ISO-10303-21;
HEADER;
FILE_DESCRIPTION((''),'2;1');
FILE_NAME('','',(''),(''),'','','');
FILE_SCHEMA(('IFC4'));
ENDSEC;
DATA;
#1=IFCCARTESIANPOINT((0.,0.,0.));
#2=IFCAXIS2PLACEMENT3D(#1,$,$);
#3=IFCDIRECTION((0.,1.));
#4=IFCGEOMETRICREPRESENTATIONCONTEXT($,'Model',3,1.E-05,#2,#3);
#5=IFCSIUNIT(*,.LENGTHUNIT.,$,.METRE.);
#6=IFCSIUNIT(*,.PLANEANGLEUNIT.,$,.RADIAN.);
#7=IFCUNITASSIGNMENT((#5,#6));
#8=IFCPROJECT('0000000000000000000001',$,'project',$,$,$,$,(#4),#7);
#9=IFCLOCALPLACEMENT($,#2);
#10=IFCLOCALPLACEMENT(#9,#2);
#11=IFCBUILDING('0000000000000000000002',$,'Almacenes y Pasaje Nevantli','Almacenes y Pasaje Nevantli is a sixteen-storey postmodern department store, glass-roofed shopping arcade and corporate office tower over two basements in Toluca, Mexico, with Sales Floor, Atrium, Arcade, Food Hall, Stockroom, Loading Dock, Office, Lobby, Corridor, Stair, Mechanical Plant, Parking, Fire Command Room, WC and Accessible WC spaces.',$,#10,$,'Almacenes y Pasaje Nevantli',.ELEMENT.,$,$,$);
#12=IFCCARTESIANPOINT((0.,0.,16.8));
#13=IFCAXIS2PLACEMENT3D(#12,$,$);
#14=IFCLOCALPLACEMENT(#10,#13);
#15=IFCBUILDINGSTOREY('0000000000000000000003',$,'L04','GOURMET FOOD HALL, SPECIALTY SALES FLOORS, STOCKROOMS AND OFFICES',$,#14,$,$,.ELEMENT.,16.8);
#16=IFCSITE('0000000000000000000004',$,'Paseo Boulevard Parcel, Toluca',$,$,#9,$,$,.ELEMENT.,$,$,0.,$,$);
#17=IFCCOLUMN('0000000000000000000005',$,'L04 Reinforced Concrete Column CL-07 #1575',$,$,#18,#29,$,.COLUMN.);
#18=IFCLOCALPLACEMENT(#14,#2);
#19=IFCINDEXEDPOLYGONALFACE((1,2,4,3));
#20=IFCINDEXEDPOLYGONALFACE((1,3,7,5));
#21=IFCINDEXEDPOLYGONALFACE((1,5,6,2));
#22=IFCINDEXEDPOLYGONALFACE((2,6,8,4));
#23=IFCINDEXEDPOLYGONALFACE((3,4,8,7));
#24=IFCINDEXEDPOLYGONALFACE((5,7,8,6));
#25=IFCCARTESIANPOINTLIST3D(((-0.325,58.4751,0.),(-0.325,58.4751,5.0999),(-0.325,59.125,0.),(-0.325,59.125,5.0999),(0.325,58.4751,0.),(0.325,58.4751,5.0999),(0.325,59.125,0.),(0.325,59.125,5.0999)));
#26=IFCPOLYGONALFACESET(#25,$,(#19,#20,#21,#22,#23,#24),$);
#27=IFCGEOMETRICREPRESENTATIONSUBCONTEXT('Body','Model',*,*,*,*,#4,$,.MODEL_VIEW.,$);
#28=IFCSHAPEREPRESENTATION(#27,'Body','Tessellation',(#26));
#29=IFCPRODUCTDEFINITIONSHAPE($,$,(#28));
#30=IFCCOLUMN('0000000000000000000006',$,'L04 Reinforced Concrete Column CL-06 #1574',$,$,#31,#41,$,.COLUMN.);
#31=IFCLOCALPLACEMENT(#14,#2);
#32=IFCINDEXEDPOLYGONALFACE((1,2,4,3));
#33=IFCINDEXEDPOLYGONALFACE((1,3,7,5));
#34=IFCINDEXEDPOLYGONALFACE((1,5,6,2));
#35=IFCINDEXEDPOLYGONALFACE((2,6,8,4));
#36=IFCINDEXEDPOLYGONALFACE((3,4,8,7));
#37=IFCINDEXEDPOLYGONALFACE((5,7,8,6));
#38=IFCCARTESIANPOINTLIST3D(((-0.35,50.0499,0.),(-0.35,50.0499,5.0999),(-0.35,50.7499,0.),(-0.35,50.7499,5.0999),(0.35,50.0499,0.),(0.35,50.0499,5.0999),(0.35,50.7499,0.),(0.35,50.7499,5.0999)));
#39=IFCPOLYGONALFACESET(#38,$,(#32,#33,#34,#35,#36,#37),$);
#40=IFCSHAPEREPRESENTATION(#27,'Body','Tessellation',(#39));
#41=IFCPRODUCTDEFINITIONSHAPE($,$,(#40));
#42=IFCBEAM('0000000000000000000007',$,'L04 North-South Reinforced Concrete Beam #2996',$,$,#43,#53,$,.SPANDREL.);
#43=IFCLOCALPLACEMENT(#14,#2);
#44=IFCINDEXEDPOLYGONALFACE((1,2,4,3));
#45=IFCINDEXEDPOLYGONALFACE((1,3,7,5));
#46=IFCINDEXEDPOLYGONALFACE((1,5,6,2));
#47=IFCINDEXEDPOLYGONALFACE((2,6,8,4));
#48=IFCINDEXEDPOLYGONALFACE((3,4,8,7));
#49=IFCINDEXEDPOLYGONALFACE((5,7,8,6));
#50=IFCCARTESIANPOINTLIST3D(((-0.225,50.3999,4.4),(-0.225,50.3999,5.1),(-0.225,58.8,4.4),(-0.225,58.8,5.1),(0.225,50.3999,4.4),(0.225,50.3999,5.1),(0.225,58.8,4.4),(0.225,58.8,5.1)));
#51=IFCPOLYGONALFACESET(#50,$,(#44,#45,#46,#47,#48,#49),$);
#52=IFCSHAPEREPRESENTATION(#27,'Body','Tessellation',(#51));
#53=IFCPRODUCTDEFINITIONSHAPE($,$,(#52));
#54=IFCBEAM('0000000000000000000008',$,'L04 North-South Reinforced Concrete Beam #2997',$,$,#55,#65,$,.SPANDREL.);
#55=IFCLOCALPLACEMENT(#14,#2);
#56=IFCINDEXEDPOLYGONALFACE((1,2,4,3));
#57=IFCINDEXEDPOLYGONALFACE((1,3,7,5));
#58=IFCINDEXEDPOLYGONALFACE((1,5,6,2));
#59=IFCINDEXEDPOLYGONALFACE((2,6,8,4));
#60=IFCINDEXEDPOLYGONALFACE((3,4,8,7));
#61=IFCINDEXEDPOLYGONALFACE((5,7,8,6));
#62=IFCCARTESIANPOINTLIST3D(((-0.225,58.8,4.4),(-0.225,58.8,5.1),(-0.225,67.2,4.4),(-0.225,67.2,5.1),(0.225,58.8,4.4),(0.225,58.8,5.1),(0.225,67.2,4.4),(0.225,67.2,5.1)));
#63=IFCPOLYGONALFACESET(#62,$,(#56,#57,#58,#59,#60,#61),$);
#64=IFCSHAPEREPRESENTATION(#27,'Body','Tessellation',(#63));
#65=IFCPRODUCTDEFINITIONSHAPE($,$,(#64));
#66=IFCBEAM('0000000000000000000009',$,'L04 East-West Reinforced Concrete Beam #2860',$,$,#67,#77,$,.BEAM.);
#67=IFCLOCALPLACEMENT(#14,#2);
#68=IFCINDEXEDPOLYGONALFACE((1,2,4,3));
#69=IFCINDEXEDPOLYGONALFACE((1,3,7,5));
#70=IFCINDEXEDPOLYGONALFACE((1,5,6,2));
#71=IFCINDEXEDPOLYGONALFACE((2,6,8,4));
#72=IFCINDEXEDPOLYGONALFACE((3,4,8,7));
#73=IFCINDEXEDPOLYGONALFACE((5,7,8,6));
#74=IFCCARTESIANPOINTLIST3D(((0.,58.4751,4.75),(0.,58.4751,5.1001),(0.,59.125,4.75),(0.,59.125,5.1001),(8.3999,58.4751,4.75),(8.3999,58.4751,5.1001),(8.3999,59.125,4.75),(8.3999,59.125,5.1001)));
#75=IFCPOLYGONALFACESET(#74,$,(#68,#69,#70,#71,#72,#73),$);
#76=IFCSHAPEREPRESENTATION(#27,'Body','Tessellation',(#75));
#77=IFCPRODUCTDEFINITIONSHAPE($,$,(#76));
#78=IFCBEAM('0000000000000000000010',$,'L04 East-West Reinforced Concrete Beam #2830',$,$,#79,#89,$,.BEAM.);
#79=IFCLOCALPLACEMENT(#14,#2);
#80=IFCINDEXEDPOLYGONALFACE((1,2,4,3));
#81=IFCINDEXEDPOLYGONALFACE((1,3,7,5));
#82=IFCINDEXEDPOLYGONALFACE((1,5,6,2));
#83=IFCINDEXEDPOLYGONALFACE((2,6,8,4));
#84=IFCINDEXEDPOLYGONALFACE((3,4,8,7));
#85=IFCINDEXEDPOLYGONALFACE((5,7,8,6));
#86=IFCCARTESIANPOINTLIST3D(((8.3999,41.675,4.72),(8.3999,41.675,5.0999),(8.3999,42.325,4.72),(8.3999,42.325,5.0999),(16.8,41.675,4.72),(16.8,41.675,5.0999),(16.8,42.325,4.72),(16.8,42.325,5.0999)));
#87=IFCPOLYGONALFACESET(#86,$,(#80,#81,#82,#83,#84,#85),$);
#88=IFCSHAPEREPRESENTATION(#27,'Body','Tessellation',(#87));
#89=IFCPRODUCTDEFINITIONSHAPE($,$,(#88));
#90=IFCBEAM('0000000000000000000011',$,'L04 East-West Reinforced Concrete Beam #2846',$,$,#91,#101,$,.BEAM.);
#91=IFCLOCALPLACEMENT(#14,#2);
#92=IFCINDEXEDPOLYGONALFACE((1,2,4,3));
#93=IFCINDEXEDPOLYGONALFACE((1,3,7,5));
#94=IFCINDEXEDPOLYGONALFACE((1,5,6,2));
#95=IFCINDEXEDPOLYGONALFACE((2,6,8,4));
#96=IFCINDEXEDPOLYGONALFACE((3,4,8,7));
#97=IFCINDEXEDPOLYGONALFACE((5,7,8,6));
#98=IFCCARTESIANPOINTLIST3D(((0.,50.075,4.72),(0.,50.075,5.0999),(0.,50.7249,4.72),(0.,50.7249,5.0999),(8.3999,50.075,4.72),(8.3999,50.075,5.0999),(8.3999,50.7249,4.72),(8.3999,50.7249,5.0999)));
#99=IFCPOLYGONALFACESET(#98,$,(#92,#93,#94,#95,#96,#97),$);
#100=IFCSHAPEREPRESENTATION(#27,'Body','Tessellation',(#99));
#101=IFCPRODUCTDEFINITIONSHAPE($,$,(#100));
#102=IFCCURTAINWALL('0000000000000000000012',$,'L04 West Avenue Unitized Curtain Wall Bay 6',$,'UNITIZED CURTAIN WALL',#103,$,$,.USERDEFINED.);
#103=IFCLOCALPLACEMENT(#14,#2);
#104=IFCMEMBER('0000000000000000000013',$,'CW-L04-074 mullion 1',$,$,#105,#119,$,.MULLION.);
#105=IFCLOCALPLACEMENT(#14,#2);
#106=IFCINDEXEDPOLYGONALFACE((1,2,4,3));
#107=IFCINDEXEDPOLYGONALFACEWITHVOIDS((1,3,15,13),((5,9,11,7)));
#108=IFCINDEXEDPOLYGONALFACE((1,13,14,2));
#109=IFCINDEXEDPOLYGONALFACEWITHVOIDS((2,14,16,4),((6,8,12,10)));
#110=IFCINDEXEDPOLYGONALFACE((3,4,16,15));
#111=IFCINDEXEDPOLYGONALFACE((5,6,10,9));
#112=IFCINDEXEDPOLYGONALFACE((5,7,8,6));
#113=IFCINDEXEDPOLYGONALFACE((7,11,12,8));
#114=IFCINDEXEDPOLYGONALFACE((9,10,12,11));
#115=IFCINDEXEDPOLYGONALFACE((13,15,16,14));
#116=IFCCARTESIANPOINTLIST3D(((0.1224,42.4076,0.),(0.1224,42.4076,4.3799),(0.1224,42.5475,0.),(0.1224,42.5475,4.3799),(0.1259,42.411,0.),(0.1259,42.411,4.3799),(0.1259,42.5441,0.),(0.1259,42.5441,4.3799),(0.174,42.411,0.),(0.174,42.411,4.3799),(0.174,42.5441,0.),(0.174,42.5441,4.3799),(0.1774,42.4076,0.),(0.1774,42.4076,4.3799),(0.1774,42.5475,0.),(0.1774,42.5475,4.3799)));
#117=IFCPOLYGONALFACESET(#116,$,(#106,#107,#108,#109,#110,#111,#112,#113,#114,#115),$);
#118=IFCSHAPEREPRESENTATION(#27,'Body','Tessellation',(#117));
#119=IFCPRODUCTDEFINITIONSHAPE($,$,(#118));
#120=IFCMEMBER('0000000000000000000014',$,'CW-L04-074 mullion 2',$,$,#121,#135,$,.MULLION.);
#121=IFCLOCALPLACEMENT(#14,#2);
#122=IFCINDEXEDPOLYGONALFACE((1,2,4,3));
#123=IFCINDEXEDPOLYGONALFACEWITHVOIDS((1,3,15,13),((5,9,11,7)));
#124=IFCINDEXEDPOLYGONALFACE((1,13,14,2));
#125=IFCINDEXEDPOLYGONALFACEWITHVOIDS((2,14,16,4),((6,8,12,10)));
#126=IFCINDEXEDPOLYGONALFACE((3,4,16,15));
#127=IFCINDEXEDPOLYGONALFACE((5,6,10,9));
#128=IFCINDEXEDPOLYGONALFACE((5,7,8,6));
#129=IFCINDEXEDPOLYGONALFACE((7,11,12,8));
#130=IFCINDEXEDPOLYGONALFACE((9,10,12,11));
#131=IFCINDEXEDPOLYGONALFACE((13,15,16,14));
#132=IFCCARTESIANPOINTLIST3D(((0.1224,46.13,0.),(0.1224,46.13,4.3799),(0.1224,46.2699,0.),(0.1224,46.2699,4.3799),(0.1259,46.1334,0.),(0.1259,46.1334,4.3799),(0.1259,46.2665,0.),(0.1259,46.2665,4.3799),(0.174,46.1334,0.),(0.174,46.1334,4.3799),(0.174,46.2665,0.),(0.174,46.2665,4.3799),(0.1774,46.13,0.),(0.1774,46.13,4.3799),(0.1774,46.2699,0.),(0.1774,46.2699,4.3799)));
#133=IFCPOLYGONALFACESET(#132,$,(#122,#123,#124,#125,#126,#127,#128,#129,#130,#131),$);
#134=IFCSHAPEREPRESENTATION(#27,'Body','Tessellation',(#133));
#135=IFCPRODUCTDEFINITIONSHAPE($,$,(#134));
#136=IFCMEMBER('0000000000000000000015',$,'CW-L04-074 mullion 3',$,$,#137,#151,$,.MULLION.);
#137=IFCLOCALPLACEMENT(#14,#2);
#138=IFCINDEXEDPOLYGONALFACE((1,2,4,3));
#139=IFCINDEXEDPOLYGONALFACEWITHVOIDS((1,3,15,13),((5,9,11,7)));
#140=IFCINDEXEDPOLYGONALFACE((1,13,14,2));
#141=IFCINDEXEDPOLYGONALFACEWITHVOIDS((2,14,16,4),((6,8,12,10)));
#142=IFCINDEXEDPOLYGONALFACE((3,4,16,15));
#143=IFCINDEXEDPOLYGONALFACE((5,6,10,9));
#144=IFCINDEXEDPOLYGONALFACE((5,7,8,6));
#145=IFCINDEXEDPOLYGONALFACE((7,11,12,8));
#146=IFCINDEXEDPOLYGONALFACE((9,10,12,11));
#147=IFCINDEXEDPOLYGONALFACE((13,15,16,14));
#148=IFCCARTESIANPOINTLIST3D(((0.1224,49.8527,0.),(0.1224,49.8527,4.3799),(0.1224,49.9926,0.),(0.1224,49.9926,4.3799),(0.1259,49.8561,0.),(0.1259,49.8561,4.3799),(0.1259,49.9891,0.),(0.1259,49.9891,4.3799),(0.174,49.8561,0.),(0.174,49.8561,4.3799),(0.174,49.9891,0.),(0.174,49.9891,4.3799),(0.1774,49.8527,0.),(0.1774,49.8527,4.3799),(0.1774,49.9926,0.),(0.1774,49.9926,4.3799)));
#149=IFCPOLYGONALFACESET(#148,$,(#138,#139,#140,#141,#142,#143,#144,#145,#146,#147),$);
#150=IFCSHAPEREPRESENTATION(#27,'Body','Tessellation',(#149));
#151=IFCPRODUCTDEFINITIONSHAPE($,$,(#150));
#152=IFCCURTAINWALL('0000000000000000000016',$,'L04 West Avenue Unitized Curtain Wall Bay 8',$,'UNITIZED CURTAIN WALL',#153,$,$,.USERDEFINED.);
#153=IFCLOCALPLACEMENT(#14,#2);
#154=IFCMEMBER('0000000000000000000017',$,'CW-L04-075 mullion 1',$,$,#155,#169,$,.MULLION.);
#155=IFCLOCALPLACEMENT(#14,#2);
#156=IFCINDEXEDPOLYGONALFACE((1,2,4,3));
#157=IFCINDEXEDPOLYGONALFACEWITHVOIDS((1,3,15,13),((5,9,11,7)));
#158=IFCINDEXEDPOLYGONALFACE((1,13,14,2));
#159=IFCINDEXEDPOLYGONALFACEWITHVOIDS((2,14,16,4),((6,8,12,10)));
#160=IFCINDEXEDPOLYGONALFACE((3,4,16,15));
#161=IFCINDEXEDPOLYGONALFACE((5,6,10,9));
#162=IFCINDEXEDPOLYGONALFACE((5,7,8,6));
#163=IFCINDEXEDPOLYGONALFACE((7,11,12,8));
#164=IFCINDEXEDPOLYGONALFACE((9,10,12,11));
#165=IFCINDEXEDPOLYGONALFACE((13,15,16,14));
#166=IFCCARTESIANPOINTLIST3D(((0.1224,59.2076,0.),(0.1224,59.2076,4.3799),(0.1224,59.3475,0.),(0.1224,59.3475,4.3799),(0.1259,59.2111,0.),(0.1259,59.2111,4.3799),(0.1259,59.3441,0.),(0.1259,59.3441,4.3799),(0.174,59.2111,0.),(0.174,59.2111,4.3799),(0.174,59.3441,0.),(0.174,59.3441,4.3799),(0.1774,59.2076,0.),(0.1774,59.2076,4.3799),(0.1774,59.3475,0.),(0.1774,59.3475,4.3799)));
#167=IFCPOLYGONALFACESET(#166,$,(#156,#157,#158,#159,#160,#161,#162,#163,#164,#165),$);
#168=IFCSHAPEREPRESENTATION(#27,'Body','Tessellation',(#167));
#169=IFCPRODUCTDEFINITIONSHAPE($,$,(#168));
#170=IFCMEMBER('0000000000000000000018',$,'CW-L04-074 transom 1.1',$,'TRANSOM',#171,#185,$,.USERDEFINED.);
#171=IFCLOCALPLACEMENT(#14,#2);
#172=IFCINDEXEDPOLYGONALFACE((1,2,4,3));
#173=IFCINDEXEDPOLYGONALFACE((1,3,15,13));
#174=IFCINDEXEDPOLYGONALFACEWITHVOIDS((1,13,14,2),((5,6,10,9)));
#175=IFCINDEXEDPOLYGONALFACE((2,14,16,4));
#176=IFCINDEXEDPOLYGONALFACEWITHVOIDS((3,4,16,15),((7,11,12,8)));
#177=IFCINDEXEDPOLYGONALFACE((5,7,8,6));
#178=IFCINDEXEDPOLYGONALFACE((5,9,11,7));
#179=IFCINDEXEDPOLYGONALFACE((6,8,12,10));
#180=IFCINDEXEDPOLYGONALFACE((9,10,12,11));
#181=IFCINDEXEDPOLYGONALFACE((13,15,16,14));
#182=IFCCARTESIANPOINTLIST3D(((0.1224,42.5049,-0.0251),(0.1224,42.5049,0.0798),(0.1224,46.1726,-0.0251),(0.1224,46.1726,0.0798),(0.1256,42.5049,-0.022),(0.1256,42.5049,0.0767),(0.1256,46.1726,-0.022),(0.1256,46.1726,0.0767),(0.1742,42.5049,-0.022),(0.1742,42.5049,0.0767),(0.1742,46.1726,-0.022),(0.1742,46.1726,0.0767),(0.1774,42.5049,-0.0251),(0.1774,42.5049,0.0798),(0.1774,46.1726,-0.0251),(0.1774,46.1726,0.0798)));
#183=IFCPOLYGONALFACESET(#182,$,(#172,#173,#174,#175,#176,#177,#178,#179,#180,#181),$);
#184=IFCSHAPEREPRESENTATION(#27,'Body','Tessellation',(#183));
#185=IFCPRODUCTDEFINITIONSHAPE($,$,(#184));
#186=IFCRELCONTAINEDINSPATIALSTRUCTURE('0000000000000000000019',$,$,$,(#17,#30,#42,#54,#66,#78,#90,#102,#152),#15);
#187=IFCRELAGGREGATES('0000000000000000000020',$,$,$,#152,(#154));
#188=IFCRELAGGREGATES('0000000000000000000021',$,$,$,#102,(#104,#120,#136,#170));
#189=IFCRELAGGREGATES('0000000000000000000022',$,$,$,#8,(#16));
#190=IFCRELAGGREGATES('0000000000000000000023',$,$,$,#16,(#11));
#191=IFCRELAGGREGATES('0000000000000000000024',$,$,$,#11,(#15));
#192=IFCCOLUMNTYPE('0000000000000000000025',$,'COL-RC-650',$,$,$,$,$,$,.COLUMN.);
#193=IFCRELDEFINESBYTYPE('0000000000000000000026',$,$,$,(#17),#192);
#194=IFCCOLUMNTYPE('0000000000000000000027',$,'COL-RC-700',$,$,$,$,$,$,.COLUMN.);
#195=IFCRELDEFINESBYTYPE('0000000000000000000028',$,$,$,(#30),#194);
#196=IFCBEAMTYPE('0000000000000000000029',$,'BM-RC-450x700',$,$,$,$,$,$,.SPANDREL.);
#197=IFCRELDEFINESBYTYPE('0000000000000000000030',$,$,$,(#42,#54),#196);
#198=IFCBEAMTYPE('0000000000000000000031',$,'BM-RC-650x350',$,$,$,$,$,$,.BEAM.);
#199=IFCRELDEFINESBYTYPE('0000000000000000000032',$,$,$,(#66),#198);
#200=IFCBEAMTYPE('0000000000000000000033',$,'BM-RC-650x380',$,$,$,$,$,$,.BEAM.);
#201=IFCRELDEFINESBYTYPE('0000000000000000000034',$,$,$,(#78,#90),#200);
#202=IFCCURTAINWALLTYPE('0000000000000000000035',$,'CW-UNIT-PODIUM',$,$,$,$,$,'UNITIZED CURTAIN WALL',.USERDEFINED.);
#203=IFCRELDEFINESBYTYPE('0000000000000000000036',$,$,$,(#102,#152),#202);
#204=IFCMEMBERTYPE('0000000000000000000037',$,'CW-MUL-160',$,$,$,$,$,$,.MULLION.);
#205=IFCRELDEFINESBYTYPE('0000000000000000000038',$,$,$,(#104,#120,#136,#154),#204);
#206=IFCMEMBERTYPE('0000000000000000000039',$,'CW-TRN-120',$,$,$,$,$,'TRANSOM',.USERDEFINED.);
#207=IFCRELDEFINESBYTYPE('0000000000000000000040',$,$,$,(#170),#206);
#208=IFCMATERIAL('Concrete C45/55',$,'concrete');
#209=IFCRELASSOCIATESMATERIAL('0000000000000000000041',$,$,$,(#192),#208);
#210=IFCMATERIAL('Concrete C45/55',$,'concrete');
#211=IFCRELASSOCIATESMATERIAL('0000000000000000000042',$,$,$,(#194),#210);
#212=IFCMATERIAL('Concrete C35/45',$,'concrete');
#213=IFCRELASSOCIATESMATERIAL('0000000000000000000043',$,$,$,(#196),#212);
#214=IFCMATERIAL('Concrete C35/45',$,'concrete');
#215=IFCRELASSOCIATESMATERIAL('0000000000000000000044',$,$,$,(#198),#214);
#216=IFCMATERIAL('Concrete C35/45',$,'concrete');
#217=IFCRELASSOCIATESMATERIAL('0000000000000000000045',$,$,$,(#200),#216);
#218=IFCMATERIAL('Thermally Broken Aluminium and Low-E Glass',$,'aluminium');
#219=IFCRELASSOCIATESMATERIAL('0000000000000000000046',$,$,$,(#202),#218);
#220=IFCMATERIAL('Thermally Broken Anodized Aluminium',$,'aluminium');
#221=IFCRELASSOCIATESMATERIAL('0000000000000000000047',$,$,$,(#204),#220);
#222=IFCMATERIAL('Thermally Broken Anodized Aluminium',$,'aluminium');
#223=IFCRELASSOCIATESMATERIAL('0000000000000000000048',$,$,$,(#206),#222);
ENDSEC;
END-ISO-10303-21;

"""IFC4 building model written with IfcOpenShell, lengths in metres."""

from ifc_helpers import new_model, si_unit, direction, frame, origin, origin_2d, place, context, subcontext, project, spatial, rectangle, hollow_rectangle, extrude, material, material_profile, profile_set, type_object, element, aggregate, save


model = new_model("IFC4")

# Units and contexts
model_context = context("Model", 3, precision=1e-05, world=origin(), true_north=direction((0.0, 1.0)))
body_context = subcontext(model_context, "Body", "Model", "MODEL_VIEW")
ifc_project = project(units=[si_unit("LENGTHUNIT", "METRE"), si_unit("PLANEANGLEUNIT", "RADIAN")], contexts=[model_context])

# Site, building, storey
site_placement = place(None, origin())
site = spatial("IfcSite", under=ifc_project, at=site_placement, Name="Paseo Boulevard Parcel, Toluca", CompositionType="ELEMENT", RefElevation=0.0)
building_placement = place(site_placement, origin())
building = spatial("IfcBuilding", under=site, at=building_placement, Name="Almacenes y Pasaje Nevantli", Description="Almacenes y Pasaje Nevantli is a sixteen-storey postmodern department store, glass-roofed shopping arcade and corporate office tower over two basements in Toluca, Mexico, with Sales Floor, Atrium, Arcade, Food Hall, Stockroom, Loading Dock, Office, Lobby, Corridor, Stair, Mechanical Plant, Parking, Fire Command Room, WC and Accessible WC spaces.", LongName="Almacenes y Pasaje Nevantli", CompositionType="ELEMENT")
storey_placement = place(building_placement, frame((0.0, 0.0, 16.8)))
storey = spatial("IfcBuildingStorey", under=building, at=storey_placement, Name="L04", Description="GOURMET FOOD HALL, SPECIALTY SALES FLOORS, STOCKROOMS AND OFFICES", CompositionType="ELEMENT", Elevation=16.8)

# Columns
ifc_material_1 = material(Name="Concrete C45/55", Category="concrete")
ifc_material_profile_1 = material_profile(ifc_material_1, rectangle(XDim=0.6499, YDim=0.6499, at=origin_2d()), Name="RC-COL-650x650")
ifc_profile_set_1 = profile_set([ifc_material_profile_1], Name="Concrete C45/55")
column_type_1 = type_object("IfcColumnType", Name="COL-RC-650", PredefinedType="COLUMN", material=ifc_profile_set_1)
column_1_placement = place(storey_placement, frame((0.0, 58.8, 0.0), z_axis=(0.0, 0.0, 1.0), x_axis=(1.0, 0.0, 0.0)))
element("IfcColumn", 1, at=column_1_placement, inside=storey, type_object=column_type_1, Name="L04 Reinforced Concrete Column CL-07 #1575", PredefinedType="COLUMN", context=body_context, shape_type="SweptSolid", body=[
    extrude(rectangle(XDim=0.6499, YDim=0.6499, at=origin_2d()), origin(), (0.0, 0.0, 1.0), 5.0999),
])
ifc_material_2 = material(Name="Concrete C45/55", Category="concrete")
ifc_material_profile_2 = material_profile(ifc_material_2, rectangle(XDim=0.7, YDim=0.7, at=origin_2d()), Name="RC-COL-700x700")
ifc_profile_set_2 = profile_set([ifc_material_profile_2], Name="Concrete C45/55")
column_type_2 = type_object("IfcColumnType", Name="COL-RC-700", PredefinedType="COLUMN", material=ifc_profile_set_2)
column_2_placement = place(storey_placement, frame((0.0, 50.3999, 0.0), z_axis=(0.0, 0.0, 1.0), x_axis=(1.0, 0.0, 0.0)))
element("IfcColumn", 2, at=column_2_placement, inside=storey, type_object=column_type_2, Name="L04 Reinforced Concrete Column CL-06 #1574", PredefinedType="COLUMN", context=body_context, shape_type="SweptSolid", body=[
    extrude(rectangle(XDim=0.7, YDim=0.7, at=origin_2d()), origin(), (0.0, 0.0, 1.0), 5.0999),
])

# Beams
ifc_material_3 = material(Name="Concrete C35/45", Category="concrete")
ifc_material_profile_3 = material_profile(ifc_material_3, rectangle(XDim=0.45, YDim=0.7, at=origin_2d()), Name="RC-BM-450x700")
ifc_profile_set_3 = profile_set([ifc_material_profile_3], Name="Concrete C35/45")
beam_type_1 = type_object("IfcBeamType", Name="BM-RC-450x700", PredefinedType="SPANDREL", material=ifc_profile_set_3)
beam_1_placement = place(storey_placement, frame((0.0, 50.3999, 4.75), z_axis=(0.0, 1.0, 0.0), x_axis=(-1.0, 0.0, 0.0)))
element("IfcBeam", 3, at=beam_1_placement, inside=storey, type_object=beam_type_1, Name="L04 North-South Reinforced Concrete Beam #2996", PredefinedType="SPANDREL", context=body_context, shape_type="SweptSolid", body=[
    extrude(rectangle(XDim=0.45, YDim=0.7, at=origin_2d()), origin(), (0.0, 0.0, 1.0), 8.4001),
])
beam_2_placement = place(storey_placement, frame((0.0, 58.8, 4.75), z_axis=(0.0, 1.0, 0.0), x_axis=(-1.0, 0.0, 0.0)))
element("IfcBeam", 4, at=beam_2_placement, inside=storey, type_object=beam_type_1, Name="L04 North-South Reinforced Concrete Beam #2997", PredefinedType="SPANDREL", context=body_context, shape_type="SweptSolid", body=[
    extrude(rectangle(XDim=0.45, YDim=0.7, at=origin_2d()), origin(), (0.0, 0.0, 1.0), 8.3999),
])
ifc_material_4 = material(Name="Concrete C35/45", Category="concrete")
ifc_material_profile_4 = material_profile(ifc_material_4, rectangle(XDim=0.6499, YDim=0.3501, at=origin_2d()), Name="RC-BM-650x350")
ifc_profile_set_4 = profile_set([ifc_material_profile_4], Name="Concrete C35/45")
beam_type_2 = type_object("IfcBeamType", Name="BM-RC-650x350", PredefinedType="BEAM", material=ifc_profile_set_4)
beam_3_placement = place(storey_placement, frame((0.0, 58.8, 4.925), z_axis=(1.0, 0.0, 0.0), x_axis=(0.0, 1.0, 0.0)))
element("IfcBeam", 5, at=beam_3_placement, inside=storey, type_object=beam_type_2, Name="L04 East-West Reinforced Concrete Beam #2860", PredefinedType="BEAM", context=body_context, shape_type="SweptSolid", body=[
    extrude(rectangle(XDim=0.6499, YDim=0.3501, at=origin_2d()), origin(), (0.0, 0.0, 1.0), 8.3999),
])
ifc_material_5 = material(Name="Concrete C35/45", Category="concrete")
ifc_material_profile_5 = material_profile(ifc_material_5, rectangle(XDim=0.6499, YDim=0.3799, at=origin_2d()), Name="RC-BM-650x380")
ifc_profile_set_5 = profile_set([ifc_material_profile_5], Name="Concrete C35/45")
beam_type_3 = type_object("IfcBeamType", Name="BM-RC-650x380", PredefinedType="BEAM", material=ifc_profile_set_5)
beam_4_placement = place(storey_placement, frame((8.3999, 42.0, 4.9099), z_axis=(1.0, 0.0, 0.0), x_axis=(0.0, 1.0, 0.0)))
element("IfcBeam", 6, at=beam_4_placement, inside=storey, type_object=beam_type_3, Name="L04 East-West Reinforced Concrete Beam #2830", PredefinedType="BEAM", context=body_context, shape_type="SweptSolid", body=[
    extrude(rectangle(XDim=0.6499, YDim=0.3799, at=origin_2d()), origin(), (0.0, 0.0, 1.0), 8.4001),
])
beam_5_placement = place(storey_placement, frame((0.0, 50.3999, 4.9099), z_axis=(1.0, 0.0, 0.0), x_axis=(0.0, 1.0, 0.0)))
element("IfcBeam", 7, at=beam_5_placement, inside=storey, type_object=beam_type_3, Name="L04 East-West Reinforced Concrete Beam #2846", PredefinedType="BEAM", context=body_context, shape_type="SweptSolid", body=[
    extrude(rectangle(XDim=0.6499, YDim=0.3799, at=origin_2d()), origin(), (0.0, 0.0, 1.0), 8.3999),
])

# Curtain wall, members
ifc_material_6 = material(Name="Thermally Broken Aluminium and Low-E Glass", Category="aluminium")
curtain_wall_type = type_object("IfcCurtainWallType", Name="CW-UNIT-PODIUM", ElementType="UNITIZED CURTAIN WALL", PredefinedType="USERDEFINED", material=ifc_material_6)
curtain_wall_1_placement = place(storey_placement, origin())
curtain_wall_1 = element("IfcCurtainWall", 8, at=curtain_wall_1_placement, inside=storey, type_object=curtain_wall_type, Name="L04 West Avenue Unitized Curtain Wall Bay 6", ObjectType="UNITIZED CURTAIN WALL", PredefinedType="USERDEFINED")
ifc_material_7 = material(Name="Thermally Broken Anodized Aluminium", Category="aluminium")
ifc_material_profile_6 = material_profile(ifc_material_7, hollow_rectangle(XDim=0.0549, YDim=0.1399, WallThickness=0.0034, at=origin_2d()), Name="ALU-MUL-55x140")
ifc_profile_set_6 = profile_set([ifc_material_profile_6], Name="Thermally Broken Anodized Aluminium")
member_type_1 = type_object("IfcMemberType", Name="CW-MUL-160", PredefinedType="MULLION", material=ifc_profile_set_6)
member_1_placement = place(storey_placement, frame((0.1499, 42.4775, 0.0), z_axis=(0.0, 0.0, 1.0), x_axis=(-1.0, 0.0, 0.0)))
member_1 = element("IfcMember", 9, at=member_1_placement, type_object=member_type_1, Name="CW-L04-074 mullion 1", PredefinedType="MULLION", context=body_context, shape_type="SweptSolid", body=[
    extrude(hollow_rectangle(XDim=0.0549, YDim=0.1399, WallThickness=0.0034, at=origin_2d()), origin(), (0.0, 0.0, 1.0), 4.3799),
])
member_2_placement = place(storey_placement, frame((0.1499, 46.2, 0.0), z_axis=(0.0, 0.0, 1.0), x_axis=(-1.0, 0.0, 0.0)))
member_2 = element("IfcMember", 10, at=member_2_placement, type_object=member_type_1, Name="CW-L04-074 mullion 2", PredefinedType="MULLION", context=body_context, shape_type="SweptSolid", body=[
    extrude(hollow_rectangle(XDim=0.0549, YDim=0.1399, WallThickness=0.0034, at=origin_2d()), origin(), (0.0, 0.0, 1.0), 4.3799),
])
member_3_placement = place(storey_placement, frame((0.1499, 49.9226, 0.0), z_axis=(0.0, 0.0, 1.0), x_axis=(-1.0, 0.0, 0.0)))
member_3 = element("IfcMember", 11, at=member_3_placement, type_object=member_type_1, Name="CW-L04-074 mullion 3", PredefinedType="MULLION", context=body_context, shape_type="SweptSolid", body=[
    extrude(hollow_rectangle(XDim=0.0549, YDim=0.1399, WallThickness=0.0034, at=origin_2d()), origin(), (0.0, 0.0, 1.0), 4.3799),
])

# Curtain wall, member
curtain_wall_2_placement = place(storey_placement, origin())
curtain_wall_2 = element("IfcCurtainWall", 12, at=curtain_wall_2_placement, inside=storey, type_object=curtain_wall_type, Name="L04 West Avenue Unitized Curtain Wall Bay 8", ObjectType="UNITIZED CURTAIN WALL", PredefinedType="USERDEFINED")
member_4_placement = place(storey_placement, frame((0.1499, 59.2776, 0.0), z_axis=(0.0, 0.0, 1.0), x_axis=(-1.0, 0.0, 0.0)))
member_4 = element("IfcMember", 13, at=member_4_placement, type_object=member_type_1, Name="CW-L04-075 mullion 1", PredefinedType="MULLION", context=body_context, shape_type="SweptSolid", body=[
    extrude(hollow_rectangle(XDim=0.0549, YDim=0.1399, WallThickness=0.0034, at=origin_2d()), origin(), (0.0, 0.0, 1.0), 4.3799),
])

# Member
ifc_material_8 = material(Name="Thermally Broken Anodized Aluminium", Category="aluminium")
ifc_material_profile_7 = material_profile(ifc_material_8, hollow_rectangle(XDim=0.0549, YDim=0.105, WallThickness=0.0032, at=origin_2d()), Name="ALU-TRN-55x105")
ifc_profile_set_7 = profile_set([ifc_material_profile_7], Name="Thermally Broken Anodized Aluminium")
member_type_2 = type_object("IfcMemberType", Name="CW-TRN-120", ElementType="TRANSOM", PredefinedType="USERDEFINED", material=ifc_profile_set_7)
member_5_placement = place(storey_placement, frame((0.1499, 42.5049, 0.0273), z_axis=(0.0, 1.0, 0.0), x_axis=(-1.0, 0.0, 0.0)))
member_5 = element("IfcMember", 14, at=member_5_placement, type_object=member_type_2, Name="CW-L04-074 transom 1.1", ObjectType="TRANSOM", PredefinedType="USERDEFINED", context=body_context, shape_type="SweptSolid", body=[
    extrude(hollow_rectangle(XDim=0.0549, YDim=0.105, WallThickness=0.0032, at=origin_2d()), origin(), (0.0, 0.0, 1.0), 3.6677),
])
aggregate(curtain_wall_2, [member_4])

aggregate(curtain_wall_1, [member_1, member_2, member_3, member_5])

save(model, "model.ifc")
